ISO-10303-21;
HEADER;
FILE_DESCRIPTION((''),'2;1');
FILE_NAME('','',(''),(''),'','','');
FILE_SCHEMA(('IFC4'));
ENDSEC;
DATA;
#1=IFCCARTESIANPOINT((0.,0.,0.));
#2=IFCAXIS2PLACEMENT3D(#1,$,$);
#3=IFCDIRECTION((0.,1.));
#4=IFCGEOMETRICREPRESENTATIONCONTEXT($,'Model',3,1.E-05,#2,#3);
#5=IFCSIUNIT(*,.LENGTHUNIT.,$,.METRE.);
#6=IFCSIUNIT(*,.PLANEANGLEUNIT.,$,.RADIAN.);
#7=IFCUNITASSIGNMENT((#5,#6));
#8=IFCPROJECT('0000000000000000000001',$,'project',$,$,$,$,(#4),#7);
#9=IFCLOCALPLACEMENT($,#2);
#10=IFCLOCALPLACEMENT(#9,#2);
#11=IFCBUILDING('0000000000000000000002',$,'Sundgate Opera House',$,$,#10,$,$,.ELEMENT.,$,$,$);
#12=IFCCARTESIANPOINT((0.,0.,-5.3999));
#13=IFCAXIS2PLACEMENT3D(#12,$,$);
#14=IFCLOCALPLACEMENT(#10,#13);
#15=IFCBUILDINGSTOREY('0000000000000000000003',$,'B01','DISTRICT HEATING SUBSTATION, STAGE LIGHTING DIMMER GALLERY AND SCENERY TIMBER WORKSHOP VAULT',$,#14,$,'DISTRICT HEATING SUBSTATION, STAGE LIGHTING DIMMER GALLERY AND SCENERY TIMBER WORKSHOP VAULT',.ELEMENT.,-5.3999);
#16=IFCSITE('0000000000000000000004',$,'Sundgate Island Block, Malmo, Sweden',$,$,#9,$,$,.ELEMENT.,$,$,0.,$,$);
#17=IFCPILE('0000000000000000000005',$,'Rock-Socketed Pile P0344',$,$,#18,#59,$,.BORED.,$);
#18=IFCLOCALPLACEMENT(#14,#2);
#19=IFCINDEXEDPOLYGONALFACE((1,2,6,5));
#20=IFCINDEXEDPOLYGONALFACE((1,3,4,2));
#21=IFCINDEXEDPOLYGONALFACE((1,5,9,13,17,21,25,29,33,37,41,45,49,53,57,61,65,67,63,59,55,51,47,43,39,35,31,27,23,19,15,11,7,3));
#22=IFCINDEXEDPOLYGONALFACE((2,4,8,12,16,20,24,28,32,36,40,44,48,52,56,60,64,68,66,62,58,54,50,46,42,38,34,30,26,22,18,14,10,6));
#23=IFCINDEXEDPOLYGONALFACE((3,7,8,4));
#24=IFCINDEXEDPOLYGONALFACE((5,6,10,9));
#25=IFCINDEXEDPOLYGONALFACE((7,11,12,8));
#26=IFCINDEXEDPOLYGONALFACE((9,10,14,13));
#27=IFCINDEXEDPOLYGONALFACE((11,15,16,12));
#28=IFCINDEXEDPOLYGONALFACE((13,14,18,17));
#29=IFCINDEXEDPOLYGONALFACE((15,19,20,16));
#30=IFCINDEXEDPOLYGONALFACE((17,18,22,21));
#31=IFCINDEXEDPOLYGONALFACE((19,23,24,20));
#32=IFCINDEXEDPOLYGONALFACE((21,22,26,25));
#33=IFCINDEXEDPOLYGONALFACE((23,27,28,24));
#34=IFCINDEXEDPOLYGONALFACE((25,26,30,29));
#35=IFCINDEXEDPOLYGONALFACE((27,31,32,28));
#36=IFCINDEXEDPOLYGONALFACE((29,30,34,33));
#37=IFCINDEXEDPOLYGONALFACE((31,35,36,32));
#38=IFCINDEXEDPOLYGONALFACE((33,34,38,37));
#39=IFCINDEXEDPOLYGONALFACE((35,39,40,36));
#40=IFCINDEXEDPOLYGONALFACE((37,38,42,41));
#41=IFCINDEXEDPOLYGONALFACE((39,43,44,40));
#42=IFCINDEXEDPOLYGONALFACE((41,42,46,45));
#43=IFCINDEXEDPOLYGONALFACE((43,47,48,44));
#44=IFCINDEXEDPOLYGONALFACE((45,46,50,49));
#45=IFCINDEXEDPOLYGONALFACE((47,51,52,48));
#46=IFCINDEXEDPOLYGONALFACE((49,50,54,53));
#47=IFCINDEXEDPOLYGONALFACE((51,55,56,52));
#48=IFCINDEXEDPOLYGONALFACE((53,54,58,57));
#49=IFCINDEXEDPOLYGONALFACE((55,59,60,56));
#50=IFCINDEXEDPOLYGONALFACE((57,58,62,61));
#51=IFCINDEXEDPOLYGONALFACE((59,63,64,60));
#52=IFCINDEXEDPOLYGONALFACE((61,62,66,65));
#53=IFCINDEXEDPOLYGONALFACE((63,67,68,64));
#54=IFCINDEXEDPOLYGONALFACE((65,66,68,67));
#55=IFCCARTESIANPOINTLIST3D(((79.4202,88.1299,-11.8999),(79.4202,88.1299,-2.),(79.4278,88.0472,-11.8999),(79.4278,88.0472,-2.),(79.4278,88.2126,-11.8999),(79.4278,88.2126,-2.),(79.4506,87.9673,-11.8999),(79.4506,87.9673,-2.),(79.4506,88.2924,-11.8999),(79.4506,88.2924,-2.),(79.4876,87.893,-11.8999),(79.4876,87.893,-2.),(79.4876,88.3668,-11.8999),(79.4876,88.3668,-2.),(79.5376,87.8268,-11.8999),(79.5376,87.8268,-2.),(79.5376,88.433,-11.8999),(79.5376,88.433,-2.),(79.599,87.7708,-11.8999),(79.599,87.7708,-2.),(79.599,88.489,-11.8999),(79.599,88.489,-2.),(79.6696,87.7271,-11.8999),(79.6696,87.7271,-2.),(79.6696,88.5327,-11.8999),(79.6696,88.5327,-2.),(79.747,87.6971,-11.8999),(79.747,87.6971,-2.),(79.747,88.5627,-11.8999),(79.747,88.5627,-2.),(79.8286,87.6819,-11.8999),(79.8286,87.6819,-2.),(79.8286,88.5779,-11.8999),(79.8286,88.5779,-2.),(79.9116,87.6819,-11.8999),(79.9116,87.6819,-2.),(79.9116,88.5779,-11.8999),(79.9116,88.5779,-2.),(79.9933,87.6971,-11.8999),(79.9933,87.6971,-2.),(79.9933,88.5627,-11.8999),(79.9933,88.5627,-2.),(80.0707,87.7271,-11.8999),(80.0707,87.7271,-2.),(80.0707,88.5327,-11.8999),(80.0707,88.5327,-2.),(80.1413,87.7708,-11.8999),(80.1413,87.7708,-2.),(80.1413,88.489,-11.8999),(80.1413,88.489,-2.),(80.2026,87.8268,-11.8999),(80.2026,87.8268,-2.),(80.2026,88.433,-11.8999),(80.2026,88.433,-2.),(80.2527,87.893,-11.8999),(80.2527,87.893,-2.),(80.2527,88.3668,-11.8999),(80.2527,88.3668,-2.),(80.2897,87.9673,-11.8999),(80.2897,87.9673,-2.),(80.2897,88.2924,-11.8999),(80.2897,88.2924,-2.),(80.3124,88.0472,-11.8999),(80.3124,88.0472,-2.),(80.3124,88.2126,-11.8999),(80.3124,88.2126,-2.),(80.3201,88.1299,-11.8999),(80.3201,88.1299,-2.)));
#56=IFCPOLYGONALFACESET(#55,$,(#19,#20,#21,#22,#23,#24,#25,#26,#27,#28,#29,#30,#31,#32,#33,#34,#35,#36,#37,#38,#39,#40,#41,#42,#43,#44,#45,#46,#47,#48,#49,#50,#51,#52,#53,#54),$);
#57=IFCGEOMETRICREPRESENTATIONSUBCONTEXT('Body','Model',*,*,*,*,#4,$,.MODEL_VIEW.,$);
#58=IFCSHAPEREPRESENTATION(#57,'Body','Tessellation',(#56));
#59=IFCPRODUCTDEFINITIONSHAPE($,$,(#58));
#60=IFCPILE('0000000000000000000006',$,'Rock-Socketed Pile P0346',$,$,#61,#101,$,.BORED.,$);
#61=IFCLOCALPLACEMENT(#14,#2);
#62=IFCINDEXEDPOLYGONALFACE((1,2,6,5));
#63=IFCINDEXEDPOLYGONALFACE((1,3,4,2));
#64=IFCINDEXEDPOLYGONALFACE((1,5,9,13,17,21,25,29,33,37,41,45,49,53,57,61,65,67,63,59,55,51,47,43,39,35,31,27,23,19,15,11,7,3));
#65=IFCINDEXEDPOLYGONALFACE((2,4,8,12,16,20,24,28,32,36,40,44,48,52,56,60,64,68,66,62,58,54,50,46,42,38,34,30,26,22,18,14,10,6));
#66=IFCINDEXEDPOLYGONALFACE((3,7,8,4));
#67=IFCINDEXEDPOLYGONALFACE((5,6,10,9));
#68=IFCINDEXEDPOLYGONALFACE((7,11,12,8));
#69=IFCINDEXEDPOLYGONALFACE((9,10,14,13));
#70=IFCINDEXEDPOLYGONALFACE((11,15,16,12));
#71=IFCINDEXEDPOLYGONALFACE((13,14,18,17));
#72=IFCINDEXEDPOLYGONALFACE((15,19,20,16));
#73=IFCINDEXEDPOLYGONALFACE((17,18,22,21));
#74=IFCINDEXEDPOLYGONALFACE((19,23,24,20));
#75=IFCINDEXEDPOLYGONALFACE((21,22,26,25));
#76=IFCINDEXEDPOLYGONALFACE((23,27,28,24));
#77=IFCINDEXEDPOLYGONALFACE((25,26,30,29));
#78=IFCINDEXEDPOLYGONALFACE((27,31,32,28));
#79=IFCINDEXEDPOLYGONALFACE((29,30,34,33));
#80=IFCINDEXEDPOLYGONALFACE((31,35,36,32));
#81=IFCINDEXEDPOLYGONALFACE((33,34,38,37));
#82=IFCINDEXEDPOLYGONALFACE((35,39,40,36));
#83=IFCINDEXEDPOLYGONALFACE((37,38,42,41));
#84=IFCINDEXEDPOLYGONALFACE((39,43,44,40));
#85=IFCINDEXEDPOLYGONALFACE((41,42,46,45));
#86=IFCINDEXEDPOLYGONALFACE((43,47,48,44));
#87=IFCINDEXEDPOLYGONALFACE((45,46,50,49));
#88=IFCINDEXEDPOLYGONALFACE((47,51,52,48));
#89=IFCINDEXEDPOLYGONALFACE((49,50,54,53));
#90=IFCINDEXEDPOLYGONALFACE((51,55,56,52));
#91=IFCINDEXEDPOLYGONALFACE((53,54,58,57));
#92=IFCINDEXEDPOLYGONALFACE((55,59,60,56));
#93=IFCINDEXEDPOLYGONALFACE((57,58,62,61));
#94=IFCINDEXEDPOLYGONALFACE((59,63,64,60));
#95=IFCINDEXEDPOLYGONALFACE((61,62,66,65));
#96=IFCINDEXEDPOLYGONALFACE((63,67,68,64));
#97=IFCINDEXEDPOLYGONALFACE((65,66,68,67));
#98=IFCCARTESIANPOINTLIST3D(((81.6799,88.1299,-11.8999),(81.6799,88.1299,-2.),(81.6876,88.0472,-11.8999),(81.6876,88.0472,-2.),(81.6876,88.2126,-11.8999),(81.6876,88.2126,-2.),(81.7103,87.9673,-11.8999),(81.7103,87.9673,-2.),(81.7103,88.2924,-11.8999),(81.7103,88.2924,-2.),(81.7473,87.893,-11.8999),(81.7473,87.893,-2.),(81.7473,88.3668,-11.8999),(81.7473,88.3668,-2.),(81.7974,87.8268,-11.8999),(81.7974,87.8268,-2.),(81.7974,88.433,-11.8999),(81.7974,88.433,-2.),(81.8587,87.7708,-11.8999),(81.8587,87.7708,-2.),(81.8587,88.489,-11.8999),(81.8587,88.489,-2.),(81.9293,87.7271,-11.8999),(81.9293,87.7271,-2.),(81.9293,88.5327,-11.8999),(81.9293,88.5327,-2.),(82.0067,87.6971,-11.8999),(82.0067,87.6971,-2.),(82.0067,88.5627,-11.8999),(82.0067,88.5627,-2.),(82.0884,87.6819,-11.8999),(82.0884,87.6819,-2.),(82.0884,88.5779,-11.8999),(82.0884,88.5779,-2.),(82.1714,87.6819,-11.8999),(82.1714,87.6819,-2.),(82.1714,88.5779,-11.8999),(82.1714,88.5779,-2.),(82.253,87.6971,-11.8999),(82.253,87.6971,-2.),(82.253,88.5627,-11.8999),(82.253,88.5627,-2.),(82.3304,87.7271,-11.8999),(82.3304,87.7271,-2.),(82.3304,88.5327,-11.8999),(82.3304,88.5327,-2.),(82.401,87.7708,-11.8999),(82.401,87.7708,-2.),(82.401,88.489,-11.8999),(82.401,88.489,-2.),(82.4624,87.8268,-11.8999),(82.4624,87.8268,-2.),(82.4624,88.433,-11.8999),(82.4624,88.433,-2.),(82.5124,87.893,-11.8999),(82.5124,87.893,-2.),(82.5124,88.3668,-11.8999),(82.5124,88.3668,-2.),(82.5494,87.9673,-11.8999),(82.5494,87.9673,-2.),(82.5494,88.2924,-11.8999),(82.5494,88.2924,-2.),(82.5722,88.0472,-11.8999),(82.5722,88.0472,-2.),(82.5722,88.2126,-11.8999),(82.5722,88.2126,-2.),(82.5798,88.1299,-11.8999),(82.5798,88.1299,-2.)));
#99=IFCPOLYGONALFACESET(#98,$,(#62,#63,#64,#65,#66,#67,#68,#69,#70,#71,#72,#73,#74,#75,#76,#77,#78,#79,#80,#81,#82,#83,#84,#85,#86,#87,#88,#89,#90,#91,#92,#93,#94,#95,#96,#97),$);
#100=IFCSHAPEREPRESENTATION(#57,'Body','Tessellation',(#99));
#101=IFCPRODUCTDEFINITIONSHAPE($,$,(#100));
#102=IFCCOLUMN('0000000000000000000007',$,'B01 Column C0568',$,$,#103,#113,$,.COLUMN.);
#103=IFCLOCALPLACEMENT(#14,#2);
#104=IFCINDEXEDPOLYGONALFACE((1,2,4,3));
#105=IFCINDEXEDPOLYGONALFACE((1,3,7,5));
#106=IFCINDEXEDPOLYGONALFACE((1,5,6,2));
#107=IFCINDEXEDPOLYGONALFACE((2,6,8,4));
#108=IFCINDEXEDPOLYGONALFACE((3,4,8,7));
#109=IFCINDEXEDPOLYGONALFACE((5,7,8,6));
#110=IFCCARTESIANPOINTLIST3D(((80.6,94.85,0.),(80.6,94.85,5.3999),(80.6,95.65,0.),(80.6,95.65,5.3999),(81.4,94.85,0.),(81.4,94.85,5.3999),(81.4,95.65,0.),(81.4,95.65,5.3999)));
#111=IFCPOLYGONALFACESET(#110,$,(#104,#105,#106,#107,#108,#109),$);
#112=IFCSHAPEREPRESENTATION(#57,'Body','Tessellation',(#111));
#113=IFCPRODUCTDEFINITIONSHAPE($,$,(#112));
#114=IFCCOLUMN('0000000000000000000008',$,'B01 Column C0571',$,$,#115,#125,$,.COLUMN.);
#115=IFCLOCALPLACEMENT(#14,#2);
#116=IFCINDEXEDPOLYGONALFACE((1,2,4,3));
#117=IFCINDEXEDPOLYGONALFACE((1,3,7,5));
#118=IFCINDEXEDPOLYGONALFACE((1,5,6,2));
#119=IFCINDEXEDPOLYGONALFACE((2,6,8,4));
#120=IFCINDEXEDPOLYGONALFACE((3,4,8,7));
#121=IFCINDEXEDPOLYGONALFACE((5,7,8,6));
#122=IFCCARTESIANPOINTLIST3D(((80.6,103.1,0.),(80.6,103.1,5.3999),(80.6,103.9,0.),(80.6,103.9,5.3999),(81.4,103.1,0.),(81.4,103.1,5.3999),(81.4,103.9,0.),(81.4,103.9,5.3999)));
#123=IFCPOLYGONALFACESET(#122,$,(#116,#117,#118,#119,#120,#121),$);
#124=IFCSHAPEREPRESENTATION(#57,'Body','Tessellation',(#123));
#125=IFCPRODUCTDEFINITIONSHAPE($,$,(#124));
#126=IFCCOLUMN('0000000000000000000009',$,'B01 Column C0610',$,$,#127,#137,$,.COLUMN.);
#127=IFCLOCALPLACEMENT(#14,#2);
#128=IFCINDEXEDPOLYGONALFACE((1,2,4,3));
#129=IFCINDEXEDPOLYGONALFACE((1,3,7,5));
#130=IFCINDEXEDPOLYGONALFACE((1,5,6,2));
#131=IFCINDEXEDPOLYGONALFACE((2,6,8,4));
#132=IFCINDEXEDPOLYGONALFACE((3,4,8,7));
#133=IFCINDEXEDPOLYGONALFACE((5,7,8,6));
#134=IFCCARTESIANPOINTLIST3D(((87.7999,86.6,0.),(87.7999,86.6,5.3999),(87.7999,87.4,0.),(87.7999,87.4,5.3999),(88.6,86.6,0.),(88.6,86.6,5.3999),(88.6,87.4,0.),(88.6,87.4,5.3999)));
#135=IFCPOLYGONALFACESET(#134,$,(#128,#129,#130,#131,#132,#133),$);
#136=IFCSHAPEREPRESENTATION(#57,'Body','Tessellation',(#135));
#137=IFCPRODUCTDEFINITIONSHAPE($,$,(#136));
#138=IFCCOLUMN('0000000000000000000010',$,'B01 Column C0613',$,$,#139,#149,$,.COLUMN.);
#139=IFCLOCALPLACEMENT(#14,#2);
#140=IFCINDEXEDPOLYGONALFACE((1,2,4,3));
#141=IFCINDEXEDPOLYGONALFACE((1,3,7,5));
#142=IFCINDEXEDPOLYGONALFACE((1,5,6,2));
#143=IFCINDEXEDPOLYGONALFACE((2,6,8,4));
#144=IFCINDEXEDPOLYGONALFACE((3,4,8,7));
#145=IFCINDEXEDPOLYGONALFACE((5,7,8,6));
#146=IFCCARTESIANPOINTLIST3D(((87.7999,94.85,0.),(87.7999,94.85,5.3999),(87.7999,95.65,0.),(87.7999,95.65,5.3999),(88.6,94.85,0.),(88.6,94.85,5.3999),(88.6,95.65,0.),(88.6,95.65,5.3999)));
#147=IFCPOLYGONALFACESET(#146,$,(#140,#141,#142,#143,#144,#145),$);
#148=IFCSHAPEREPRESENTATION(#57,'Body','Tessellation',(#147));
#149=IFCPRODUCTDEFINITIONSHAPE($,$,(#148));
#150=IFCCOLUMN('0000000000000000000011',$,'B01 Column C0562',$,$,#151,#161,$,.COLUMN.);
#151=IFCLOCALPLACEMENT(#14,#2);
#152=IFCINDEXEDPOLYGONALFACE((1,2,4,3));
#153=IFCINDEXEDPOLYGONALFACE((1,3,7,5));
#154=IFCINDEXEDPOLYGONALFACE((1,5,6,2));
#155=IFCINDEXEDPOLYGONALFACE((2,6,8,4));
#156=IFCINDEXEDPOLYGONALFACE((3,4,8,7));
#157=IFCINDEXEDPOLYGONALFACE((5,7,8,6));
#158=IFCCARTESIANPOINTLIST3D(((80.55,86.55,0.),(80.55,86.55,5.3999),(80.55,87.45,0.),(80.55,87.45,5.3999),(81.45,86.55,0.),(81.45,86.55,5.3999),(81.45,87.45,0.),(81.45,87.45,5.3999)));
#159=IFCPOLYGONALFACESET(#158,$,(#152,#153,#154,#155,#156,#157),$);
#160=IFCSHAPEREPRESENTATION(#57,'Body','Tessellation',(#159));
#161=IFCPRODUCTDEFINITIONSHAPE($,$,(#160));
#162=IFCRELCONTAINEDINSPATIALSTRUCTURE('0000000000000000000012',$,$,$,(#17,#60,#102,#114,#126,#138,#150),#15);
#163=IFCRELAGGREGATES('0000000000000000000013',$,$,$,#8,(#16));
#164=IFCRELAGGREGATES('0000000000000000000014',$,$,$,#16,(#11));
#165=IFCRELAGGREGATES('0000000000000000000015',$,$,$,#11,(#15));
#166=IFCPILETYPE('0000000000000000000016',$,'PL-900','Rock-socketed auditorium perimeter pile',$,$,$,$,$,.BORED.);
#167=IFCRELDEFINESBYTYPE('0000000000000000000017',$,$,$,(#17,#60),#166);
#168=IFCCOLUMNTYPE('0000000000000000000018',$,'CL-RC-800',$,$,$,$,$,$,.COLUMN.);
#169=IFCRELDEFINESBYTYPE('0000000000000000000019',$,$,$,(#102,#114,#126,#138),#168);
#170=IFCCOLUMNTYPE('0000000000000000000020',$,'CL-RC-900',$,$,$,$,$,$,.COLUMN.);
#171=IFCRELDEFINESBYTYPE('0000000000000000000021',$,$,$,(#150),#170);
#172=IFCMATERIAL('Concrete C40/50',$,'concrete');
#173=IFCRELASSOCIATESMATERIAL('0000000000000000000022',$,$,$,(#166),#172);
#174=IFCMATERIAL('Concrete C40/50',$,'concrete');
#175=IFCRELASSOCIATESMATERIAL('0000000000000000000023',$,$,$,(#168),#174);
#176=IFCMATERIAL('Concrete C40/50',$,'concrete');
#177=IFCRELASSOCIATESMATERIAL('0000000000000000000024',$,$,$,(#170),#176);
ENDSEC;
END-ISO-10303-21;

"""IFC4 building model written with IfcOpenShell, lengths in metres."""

from ifc_helpers import new_model, si_unit, direction, frame, origin, origin_2d, place, context, subcontext, project, spatial, rectangle, circle, extrude, material, material_profile, profile_set, type_object, element, save


model = new_model("IFC4")

# Units and contexts
model_context = context("Model", 3, precision=1e-05, world=origin(), true_north=direction((0.0, 1.0)))
body_context = subcontext(model_context, "Body", "Model", "MODEL_VIEW")
ifc_project = project(units=[si_unit("LENGTHUNIT", "METRE"), si_unit("PLANEANGLEUNIT", "RADIAN")], contexts=[model_context])

# Site, building, storey
site_placement = place(None, origin())
site = spatial("IfcSite", under=ifc_project, at=site_placement, Name="Sundgate Island Block, Malmo, Sweden", CompositionType="ELEMENT", RefElevation=0.0)
building_placement = place(site_placement, origin())
building = spatial("IfcBuilding", under=site, at=building_placement, Name="Sundgate Opera House", CompositionType="ELEMENT")
storey_placement = place(building_placement, frame((0.0, 0.0, -5.3999)))
storey = spatial("IfcBuildingStorey", under=building, at=storey_placement, Name="B01", Description="DISTRICT HEATING SUBSTATION, STAGE LIGHTING DIMMER GALLERY AND SCENERY TIMBER WORKSHOP VAULT", LongName="DISTRICT HEATING SUBSTATION, STAGE LIGHTING DIMMER GALLERY AND SCENERY TIMBER WORKSHOP VAULT", CompositionType="ELEMENT", Elevation=-5.3999)

# Piles
ifc_material_1 = material(Name="Concrete C40/50", Category="concrete")
ifc_material_profile_1 = material_profile(ifc_material_1, circle(Radius=0.45, at=origin_2d()), Name="PILE D900")
ifc_profile_set_1 = profile_set([ifc_material_profile_1], Name="Concrete C40/50")
pile_type_1 = type_object("IfcPileType", Name="PL-900", Description="Rock-socketed auditorium perimeter pile", PredefinedType="BORED", material=ifc_profile_set_1)
for number, where, z_axis, x_axis, name in (
    (1, (79.8701, 88.1299, -2.0), (0.0, 0.0, -1.0), (1.0, 0.0, 0.0), "Rock-Socketed Pile P0344"),
    (2, (82.1299, 88.1299, -2.0), (0.0, 0.0, -1.0), (1.0, 0.0, 0.0), "Rock-Socketed Pile P0346"),
):
    element("IfcPile", number, at=place(storey_placement, frame(where, z_axis=z_axis, x_axis=x_axis)), inside=storey, type_object=pile_type_1, Name=name, PredefinedType="BORED", context=body_context, shape_type="SweptSolid", body=[
        extrude(circle(Radius=0.45, at=origin_2d()), origin(), (0.0, 0.0, 1.0), 9.8999),
    ])

# Columns
ifc_material_2 = material(Name="Concrete C40/50", Category="concrete")
ifc_material_profile_2 = material_profile(ifc_material_2, rectangle(XDim=0.8, YDim=0.8, at=origin_2d()), Name="RC 800x800")
ifc_profile_set_2 = profile_set([ifc_material_profile_2], Name="Concrete C40/50")
column_type_1 = type_object("IfcColumnType", Name="CL-RC-800", PredefinedType="COLUMN", material=ifc_profile_set_2)
for number, where, z_axis, x_axis, name in (
    (3, (81.0, 95.25, 0.0), (0.0, 0.0, 1.0), (1.0, 0.0, 0.0), "B01 Column C0568"),
    (4, (81.0, 103.5, 0.0), (0.0, 0.0, 1.0), (1.0, 0.0, 0.0), "B01 Column C0571"),
    (5, (88.2, 87.0, 0.0), (0.0, 0.0, 1.0), (1.0, 0.0, 0.0), "B01 Column C0610"),
    (6, (88.2, 95.25, 0.0), (0.0, 0.0, 1.0), (1.0, 0.0, 0.0), "B01 Column C0613"),
):
    element("IfcColumn", number, at=place(storey_placement, frame(where, z_axis=z_axis, x_axis=x_axis)), inside=storey, type_object=column_type_1, Name=name, PredefinedType="COLUMN", context=body_context, shape_type="SweptSolid", body=[
        extrude(rectangle(XDim=0.8, YDim=0.8, at=origin_2d()), origin(), (0.0, 0.0, 1.0), 5.3999),
    ])
ifc_material_3 = material(Name="Concrete C40/50", Category="concrete")
ifc_material_profile_3 = material_profile(ifc_material_3, rectangle(XDim=0.8999, YDim=0.8999, at=origin_2d()), Name="RC 900x900")
ifc_profile_set_3 = profile_set([ifc_material_profile_3], Name="Concrete C40/50")
column_type_2 = type_object("IfcColumnType", Name="CL-RC-900", PredefinedType="COLUMN", material=ifc_profile_set_3)
column_placement = place(storey_placement, frame((81.0, 87.0, 0.0), z_axis=(0.0, 0.0, 1.0), x_axis=(1.0, 0.0, 0.0)))
element("IfcColumn", 7, at=column_placement, inside=storey, type_object=column_type_2, Name="B01 Column C0562", PredefinedType="COLUMN", context=body_context, shape_type="SweptSolid", body=[
    extrude(rectangle(XDim=0.8999, YDim=0.8999, at=origin_2d()), origin(), (0.0, 0.0, 1.0), 5.3999),
])

save(model, "model.ifc")
